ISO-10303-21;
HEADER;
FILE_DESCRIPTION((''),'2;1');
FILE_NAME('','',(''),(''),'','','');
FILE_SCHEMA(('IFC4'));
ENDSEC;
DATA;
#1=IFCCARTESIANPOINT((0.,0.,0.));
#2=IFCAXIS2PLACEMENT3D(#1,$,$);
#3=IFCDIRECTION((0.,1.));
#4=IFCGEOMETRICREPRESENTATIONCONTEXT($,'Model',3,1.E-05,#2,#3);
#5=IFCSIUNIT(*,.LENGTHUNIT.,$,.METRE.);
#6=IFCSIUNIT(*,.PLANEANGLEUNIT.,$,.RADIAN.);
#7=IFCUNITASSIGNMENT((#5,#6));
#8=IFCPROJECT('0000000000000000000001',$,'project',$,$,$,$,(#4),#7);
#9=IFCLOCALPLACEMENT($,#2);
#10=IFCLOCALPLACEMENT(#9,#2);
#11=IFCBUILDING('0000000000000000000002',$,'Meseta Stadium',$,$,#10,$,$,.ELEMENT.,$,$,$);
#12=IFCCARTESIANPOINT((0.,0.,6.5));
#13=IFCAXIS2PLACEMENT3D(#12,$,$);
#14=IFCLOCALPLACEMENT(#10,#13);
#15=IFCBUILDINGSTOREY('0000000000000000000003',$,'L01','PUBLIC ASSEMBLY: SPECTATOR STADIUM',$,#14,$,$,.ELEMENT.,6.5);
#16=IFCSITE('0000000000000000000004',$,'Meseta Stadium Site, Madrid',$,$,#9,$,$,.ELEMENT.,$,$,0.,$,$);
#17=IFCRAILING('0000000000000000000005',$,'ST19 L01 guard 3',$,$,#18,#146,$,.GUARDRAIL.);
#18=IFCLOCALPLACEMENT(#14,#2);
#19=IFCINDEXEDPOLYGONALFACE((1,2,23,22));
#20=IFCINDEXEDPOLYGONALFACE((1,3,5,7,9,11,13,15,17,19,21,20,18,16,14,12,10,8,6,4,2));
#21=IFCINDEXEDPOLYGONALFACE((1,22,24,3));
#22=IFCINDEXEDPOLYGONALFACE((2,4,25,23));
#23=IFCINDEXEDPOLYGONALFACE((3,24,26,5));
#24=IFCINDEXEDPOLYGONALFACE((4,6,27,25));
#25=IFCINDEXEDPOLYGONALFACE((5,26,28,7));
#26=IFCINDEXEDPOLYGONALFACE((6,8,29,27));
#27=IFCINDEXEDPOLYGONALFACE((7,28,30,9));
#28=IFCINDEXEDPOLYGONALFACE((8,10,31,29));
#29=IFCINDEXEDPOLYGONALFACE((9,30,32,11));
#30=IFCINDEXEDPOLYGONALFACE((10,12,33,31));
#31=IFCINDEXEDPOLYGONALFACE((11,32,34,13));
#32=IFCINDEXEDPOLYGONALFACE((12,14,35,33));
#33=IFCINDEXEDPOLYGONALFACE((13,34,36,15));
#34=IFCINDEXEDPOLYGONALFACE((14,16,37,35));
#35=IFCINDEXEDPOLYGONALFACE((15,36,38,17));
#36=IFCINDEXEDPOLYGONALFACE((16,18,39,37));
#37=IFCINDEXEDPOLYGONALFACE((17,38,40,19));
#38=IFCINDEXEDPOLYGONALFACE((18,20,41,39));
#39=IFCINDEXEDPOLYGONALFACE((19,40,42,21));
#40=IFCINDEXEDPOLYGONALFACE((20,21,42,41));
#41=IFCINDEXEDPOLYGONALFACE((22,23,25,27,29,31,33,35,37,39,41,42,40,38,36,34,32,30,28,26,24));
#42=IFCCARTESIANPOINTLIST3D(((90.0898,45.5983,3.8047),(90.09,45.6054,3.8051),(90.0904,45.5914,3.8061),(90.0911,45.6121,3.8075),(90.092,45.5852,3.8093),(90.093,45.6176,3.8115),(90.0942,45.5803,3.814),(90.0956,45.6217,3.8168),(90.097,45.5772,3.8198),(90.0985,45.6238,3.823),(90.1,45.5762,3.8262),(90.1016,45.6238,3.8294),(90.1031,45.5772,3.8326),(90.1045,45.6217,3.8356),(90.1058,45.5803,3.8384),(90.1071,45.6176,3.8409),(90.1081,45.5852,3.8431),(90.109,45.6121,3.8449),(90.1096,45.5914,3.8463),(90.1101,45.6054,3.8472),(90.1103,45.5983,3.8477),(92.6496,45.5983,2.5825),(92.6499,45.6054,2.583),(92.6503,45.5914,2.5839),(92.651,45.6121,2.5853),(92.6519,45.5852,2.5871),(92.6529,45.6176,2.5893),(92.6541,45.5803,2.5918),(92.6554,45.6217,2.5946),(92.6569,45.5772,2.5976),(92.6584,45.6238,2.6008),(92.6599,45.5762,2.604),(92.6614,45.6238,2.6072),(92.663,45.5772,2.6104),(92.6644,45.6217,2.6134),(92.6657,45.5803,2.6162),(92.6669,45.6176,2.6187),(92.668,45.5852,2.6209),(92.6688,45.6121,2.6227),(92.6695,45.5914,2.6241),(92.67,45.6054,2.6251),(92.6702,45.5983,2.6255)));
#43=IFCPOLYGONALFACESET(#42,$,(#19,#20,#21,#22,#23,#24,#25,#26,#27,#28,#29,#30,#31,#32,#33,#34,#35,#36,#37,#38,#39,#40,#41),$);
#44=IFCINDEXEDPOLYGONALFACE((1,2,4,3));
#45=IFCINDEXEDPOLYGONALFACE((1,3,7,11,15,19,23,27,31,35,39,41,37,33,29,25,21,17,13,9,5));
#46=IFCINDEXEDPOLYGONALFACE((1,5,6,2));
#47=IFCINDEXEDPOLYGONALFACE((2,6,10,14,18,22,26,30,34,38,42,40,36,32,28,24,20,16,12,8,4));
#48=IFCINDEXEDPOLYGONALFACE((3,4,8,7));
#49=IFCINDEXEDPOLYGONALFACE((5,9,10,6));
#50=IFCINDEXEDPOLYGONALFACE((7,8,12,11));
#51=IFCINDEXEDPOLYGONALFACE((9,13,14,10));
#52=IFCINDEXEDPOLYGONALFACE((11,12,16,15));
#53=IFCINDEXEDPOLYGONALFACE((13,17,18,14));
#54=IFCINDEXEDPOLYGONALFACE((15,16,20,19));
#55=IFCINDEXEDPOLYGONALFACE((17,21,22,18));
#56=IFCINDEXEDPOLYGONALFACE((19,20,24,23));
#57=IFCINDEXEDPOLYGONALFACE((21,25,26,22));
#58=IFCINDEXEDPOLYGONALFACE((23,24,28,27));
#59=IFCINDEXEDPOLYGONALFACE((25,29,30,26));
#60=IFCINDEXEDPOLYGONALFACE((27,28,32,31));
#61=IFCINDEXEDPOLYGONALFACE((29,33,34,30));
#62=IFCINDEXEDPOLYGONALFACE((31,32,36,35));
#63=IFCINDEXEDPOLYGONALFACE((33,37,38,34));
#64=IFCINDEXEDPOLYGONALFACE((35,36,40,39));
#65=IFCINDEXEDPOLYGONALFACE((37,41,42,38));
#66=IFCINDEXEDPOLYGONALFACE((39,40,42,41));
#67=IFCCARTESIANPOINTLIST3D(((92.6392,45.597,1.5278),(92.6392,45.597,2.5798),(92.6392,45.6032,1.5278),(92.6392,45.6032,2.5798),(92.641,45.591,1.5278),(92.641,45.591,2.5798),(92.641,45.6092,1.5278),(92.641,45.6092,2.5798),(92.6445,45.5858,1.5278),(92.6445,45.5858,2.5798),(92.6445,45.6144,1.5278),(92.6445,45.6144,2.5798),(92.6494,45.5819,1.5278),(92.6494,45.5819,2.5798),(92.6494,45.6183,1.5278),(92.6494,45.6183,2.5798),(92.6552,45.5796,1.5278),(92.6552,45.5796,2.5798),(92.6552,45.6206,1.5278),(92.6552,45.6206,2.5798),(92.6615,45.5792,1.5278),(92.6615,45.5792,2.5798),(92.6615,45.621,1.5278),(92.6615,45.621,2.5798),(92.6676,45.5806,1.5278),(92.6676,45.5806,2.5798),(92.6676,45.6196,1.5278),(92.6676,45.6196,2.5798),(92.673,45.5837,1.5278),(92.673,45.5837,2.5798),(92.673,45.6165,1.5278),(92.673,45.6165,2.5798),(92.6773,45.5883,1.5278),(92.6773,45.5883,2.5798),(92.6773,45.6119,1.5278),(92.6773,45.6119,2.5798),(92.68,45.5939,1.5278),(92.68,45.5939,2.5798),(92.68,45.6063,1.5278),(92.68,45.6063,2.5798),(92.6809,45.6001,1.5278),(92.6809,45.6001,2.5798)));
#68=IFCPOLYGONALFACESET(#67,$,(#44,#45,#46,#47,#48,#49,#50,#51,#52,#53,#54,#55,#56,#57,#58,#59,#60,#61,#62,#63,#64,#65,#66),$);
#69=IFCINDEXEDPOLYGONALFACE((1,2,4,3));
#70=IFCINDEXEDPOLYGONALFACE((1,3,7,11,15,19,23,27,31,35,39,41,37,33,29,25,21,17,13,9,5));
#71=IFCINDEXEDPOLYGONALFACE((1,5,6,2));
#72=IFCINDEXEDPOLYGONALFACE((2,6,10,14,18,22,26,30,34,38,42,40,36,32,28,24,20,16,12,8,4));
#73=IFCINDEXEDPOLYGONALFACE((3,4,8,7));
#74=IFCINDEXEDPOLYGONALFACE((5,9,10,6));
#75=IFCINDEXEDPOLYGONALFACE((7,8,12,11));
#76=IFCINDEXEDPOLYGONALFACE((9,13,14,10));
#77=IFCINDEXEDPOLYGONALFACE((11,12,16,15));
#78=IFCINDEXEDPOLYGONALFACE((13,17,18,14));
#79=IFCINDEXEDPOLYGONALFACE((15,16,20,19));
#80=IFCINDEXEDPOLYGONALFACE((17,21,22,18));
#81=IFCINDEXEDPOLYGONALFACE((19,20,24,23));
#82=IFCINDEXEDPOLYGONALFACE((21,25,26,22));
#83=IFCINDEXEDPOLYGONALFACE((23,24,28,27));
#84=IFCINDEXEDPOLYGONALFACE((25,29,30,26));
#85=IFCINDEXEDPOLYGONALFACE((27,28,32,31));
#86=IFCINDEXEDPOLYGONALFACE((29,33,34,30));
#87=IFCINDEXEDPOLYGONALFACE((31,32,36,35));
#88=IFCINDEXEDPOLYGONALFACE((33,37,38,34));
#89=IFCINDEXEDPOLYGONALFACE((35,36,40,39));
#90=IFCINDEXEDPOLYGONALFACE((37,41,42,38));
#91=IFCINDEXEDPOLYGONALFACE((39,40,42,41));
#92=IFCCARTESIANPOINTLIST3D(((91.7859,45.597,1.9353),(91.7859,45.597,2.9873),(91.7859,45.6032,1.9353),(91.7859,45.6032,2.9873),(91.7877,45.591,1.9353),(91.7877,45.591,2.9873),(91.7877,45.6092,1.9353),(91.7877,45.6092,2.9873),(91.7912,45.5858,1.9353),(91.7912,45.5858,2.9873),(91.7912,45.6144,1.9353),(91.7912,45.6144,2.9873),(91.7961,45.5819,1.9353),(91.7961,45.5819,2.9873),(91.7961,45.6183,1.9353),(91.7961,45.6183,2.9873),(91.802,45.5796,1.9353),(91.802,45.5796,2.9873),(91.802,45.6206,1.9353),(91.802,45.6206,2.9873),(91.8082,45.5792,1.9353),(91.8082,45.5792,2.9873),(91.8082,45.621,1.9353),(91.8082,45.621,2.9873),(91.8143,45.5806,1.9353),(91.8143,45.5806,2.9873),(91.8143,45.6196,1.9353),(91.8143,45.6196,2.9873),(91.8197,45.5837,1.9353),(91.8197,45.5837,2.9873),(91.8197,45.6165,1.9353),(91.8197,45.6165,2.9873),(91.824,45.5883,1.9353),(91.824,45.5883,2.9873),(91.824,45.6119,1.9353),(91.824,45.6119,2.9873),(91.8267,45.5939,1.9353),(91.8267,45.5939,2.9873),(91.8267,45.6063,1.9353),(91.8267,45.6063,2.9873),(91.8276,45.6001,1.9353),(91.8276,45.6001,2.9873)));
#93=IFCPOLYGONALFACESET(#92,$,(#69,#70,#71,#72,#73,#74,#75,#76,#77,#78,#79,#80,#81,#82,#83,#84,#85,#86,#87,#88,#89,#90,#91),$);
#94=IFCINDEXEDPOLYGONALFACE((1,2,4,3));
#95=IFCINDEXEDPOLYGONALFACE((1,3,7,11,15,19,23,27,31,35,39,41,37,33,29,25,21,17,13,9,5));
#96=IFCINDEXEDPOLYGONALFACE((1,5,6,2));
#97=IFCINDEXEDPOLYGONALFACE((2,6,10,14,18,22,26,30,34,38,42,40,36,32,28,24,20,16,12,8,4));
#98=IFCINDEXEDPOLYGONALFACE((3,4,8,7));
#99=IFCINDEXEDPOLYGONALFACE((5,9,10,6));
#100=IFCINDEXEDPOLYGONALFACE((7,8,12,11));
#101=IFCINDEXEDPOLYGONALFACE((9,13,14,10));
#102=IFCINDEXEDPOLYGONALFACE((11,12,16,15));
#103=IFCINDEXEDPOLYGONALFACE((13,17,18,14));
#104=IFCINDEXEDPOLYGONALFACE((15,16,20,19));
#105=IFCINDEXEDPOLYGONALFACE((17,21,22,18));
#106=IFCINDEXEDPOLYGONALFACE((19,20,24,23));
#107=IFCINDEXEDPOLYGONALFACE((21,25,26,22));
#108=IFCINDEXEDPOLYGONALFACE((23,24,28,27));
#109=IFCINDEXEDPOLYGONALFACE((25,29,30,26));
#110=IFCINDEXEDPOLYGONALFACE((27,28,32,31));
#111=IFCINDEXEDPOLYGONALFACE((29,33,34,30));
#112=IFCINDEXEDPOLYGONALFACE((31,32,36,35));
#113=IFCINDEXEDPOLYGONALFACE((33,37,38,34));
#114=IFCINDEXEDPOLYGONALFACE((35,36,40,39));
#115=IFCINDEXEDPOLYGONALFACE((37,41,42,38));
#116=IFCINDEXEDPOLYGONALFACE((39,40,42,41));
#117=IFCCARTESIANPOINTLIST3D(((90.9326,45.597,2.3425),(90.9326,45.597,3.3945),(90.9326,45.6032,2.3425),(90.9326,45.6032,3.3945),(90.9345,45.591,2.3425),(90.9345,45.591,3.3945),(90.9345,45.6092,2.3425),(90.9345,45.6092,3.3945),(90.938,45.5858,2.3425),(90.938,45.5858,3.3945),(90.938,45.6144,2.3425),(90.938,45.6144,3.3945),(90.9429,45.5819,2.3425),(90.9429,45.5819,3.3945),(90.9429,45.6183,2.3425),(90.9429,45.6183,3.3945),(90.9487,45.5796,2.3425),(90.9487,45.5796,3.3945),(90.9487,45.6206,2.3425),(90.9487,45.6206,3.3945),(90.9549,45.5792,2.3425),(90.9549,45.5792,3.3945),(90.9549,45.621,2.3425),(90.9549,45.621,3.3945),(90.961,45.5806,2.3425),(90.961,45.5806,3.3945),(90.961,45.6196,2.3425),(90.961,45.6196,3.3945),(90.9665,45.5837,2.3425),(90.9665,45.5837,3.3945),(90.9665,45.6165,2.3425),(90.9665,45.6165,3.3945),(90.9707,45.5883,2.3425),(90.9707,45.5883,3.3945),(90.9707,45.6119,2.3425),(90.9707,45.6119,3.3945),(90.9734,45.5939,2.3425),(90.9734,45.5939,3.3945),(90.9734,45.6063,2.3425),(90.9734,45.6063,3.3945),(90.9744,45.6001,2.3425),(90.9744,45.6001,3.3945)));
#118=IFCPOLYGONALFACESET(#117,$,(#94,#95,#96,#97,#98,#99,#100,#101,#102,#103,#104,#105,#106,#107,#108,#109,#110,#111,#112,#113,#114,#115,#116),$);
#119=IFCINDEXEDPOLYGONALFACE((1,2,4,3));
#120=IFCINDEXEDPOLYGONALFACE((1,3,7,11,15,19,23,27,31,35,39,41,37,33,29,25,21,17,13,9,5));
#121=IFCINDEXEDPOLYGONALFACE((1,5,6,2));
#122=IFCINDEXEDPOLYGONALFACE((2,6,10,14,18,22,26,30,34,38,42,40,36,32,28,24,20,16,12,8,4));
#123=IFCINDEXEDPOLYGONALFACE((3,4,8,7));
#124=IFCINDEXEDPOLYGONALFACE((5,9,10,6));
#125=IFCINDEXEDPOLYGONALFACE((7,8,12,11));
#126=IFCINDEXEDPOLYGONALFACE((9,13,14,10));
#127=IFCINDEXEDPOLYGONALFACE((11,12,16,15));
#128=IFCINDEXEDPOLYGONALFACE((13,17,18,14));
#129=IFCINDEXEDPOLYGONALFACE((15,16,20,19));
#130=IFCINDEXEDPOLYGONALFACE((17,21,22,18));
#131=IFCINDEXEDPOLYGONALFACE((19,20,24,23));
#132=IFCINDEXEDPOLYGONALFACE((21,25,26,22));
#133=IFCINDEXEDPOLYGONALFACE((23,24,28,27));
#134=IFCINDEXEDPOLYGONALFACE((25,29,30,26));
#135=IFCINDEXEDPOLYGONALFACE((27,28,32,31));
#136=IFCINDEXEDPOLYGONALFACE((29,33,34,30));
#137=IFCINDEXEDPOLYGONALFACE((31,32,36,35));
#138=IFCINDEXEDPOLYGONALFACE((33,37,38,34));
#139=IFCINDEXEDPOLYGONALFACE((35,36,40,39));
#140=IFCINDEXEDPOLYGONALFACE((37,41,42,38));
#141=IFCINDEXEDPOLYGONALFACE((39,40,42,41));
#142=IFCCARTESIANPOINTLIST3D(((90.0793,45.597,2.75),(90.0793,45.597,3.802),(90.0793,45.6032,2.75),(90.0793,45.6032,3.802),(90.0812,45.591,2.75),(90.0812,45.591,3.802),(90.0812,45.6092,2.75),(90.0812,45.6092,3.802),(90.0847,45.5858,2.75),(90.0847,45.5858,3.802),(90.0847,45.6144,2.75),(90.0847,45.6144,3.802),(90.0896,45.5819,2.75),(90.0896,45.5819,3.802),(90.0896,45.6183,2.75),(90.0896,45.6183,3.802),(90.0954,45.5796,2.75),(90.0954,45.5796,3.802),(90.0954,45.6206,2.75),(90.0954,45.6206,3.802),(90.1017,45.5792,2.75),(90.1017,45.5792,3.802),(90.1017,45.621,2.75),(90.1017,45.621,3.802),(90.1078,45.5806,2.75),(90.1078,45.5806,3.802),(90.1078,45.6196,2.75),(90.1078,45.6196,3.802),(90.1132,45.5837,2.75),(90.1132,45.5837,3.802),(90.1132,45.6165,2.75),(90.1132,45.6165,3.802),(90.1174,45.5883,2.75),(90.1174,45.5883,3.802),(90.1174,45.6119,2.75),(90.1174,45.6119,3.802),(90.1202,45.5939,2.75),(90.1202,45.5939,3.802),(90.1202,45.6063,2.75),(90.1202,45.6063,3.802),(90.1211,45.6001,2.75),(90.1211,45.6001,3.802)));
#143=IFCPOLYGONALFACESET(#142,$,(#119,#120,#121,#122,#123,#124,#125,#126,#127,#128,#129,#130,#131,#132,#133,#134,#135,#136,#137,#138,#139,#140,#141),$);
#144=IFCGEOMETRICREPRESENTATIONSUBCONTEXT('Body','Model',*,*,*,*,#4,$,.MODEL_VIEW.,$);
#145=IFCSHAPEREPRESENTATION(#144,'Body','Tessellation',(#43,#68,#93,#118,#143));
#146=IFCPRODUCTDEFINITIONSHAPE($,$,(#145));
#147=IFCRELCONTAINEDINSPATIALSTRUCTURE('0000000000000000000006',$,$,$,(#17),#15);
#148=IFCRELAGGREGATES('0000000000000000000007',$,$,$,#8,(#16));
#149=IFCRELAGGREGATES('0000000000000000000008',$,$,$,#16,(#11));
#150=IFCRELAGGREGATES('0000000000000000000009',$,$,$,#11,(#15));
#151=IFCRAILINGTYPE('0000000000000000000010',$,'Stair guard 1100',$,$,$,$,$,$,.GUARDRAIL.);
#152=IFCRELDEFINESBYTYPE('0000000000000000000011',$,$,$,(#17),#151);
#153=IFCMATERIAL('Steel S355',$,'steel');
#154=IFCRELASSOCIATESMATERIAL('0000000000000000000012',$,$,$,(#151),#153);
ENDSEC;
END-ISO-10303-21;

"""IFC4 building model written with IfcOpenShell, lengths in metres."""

from ifc_helpers import new_model, si_unit, direction, frame, origin, origin_2d, place, context, subcontext, project, spatial, circle, extrude, material, type_object, element, save


model = new_model("IFC4")

# Units and contexts
model_context = context("Model", 3, precision=1e-05, world=origin(), true_north=direction((0.0, 1.0)))
body_context = subcontext(model_context, "Body", "Model", "MODEL_VIEW")
ifc_project = project(units=[si_unit("LENGTHUNIT", "METRE"), si_unit("PLANEANGLEUNIT", "RADIAN")], contexts=[model_context])

# Site, building, storey
site_placement = place(None, origin())
site = spatial("IfcSite", under=ifc_project, at=site_placement, Name="Meseta Stadium Site, Madrid", CompositionType="ELEMENT", RefElevation=0.0)
building_placement = place(site_placement, origin())
building = spatial("IfcBuilding", under=site, at=building_placement, Name="Meseta Stadium", CompositionType="ELEMENT")
storey_placement = place(building_placement, frame((0.0, 0.0, 6.5)))
storey = spatial("IfcBuildingStorey", under=building, at=storey_placement, Name="L01", Description="PUBLIC ASSEMBLY: SPECTATOR STADIUM", CompositionType="ELEMENT", Elevation=6.5)

# Railing
ifc_material_1 = material(Name="Steel S355", Category="steel")
railing_type_1 = type_object("IfcRailingType", Name="Stair guard 1100", PredefinedType="GUARDRAIL", material=ifc_material_1)
railing_1_placement = place(storey_placement, frame((92.6599, 45.6001, 1.5278)))
element("IfcRailing", 1, at=railing_1_placement, inside=storey, type_object=railing_type_1, Name="ST19 L01 guard 3", PredefinedType="GUARDRAIL", context=body_context, shape_type="SweptSolid", body=[
    extrude(circle(Radius=0.0239, at=origin_2d()), frame((0.0, 0.0, 1.0762), z_axis=(-0.902421, 0.0, 0.430855), x_axis=(0.0, -1.0, 0.0)), (0.0, 0.0, 1.0), 2.8367),
    extrude(circle(Radius=0.021, at=origin_2d()), origin(), (0.0, 0.0, 1.0), 1.052),
    extrude(circle(Radius=0.021, at=origin_2d()), frame((-0.8533, 0.0, 0.4075)), (0.0, 0.0, 1.0), 1.052),
    extrude(circle(Radius=0.021, at=origin_2d()), frame((-1.7065, 0.0, 0.8147)), (0.0, 0.0, 1.0), 1.052),
    extrude(circle(Radius=0.021, at=origin_2d()), frame((-2.5598, 0.0, 1.2222)), (0.0, 0.0, 1.0), 1.052),
])

save(model, "model.ifc")
